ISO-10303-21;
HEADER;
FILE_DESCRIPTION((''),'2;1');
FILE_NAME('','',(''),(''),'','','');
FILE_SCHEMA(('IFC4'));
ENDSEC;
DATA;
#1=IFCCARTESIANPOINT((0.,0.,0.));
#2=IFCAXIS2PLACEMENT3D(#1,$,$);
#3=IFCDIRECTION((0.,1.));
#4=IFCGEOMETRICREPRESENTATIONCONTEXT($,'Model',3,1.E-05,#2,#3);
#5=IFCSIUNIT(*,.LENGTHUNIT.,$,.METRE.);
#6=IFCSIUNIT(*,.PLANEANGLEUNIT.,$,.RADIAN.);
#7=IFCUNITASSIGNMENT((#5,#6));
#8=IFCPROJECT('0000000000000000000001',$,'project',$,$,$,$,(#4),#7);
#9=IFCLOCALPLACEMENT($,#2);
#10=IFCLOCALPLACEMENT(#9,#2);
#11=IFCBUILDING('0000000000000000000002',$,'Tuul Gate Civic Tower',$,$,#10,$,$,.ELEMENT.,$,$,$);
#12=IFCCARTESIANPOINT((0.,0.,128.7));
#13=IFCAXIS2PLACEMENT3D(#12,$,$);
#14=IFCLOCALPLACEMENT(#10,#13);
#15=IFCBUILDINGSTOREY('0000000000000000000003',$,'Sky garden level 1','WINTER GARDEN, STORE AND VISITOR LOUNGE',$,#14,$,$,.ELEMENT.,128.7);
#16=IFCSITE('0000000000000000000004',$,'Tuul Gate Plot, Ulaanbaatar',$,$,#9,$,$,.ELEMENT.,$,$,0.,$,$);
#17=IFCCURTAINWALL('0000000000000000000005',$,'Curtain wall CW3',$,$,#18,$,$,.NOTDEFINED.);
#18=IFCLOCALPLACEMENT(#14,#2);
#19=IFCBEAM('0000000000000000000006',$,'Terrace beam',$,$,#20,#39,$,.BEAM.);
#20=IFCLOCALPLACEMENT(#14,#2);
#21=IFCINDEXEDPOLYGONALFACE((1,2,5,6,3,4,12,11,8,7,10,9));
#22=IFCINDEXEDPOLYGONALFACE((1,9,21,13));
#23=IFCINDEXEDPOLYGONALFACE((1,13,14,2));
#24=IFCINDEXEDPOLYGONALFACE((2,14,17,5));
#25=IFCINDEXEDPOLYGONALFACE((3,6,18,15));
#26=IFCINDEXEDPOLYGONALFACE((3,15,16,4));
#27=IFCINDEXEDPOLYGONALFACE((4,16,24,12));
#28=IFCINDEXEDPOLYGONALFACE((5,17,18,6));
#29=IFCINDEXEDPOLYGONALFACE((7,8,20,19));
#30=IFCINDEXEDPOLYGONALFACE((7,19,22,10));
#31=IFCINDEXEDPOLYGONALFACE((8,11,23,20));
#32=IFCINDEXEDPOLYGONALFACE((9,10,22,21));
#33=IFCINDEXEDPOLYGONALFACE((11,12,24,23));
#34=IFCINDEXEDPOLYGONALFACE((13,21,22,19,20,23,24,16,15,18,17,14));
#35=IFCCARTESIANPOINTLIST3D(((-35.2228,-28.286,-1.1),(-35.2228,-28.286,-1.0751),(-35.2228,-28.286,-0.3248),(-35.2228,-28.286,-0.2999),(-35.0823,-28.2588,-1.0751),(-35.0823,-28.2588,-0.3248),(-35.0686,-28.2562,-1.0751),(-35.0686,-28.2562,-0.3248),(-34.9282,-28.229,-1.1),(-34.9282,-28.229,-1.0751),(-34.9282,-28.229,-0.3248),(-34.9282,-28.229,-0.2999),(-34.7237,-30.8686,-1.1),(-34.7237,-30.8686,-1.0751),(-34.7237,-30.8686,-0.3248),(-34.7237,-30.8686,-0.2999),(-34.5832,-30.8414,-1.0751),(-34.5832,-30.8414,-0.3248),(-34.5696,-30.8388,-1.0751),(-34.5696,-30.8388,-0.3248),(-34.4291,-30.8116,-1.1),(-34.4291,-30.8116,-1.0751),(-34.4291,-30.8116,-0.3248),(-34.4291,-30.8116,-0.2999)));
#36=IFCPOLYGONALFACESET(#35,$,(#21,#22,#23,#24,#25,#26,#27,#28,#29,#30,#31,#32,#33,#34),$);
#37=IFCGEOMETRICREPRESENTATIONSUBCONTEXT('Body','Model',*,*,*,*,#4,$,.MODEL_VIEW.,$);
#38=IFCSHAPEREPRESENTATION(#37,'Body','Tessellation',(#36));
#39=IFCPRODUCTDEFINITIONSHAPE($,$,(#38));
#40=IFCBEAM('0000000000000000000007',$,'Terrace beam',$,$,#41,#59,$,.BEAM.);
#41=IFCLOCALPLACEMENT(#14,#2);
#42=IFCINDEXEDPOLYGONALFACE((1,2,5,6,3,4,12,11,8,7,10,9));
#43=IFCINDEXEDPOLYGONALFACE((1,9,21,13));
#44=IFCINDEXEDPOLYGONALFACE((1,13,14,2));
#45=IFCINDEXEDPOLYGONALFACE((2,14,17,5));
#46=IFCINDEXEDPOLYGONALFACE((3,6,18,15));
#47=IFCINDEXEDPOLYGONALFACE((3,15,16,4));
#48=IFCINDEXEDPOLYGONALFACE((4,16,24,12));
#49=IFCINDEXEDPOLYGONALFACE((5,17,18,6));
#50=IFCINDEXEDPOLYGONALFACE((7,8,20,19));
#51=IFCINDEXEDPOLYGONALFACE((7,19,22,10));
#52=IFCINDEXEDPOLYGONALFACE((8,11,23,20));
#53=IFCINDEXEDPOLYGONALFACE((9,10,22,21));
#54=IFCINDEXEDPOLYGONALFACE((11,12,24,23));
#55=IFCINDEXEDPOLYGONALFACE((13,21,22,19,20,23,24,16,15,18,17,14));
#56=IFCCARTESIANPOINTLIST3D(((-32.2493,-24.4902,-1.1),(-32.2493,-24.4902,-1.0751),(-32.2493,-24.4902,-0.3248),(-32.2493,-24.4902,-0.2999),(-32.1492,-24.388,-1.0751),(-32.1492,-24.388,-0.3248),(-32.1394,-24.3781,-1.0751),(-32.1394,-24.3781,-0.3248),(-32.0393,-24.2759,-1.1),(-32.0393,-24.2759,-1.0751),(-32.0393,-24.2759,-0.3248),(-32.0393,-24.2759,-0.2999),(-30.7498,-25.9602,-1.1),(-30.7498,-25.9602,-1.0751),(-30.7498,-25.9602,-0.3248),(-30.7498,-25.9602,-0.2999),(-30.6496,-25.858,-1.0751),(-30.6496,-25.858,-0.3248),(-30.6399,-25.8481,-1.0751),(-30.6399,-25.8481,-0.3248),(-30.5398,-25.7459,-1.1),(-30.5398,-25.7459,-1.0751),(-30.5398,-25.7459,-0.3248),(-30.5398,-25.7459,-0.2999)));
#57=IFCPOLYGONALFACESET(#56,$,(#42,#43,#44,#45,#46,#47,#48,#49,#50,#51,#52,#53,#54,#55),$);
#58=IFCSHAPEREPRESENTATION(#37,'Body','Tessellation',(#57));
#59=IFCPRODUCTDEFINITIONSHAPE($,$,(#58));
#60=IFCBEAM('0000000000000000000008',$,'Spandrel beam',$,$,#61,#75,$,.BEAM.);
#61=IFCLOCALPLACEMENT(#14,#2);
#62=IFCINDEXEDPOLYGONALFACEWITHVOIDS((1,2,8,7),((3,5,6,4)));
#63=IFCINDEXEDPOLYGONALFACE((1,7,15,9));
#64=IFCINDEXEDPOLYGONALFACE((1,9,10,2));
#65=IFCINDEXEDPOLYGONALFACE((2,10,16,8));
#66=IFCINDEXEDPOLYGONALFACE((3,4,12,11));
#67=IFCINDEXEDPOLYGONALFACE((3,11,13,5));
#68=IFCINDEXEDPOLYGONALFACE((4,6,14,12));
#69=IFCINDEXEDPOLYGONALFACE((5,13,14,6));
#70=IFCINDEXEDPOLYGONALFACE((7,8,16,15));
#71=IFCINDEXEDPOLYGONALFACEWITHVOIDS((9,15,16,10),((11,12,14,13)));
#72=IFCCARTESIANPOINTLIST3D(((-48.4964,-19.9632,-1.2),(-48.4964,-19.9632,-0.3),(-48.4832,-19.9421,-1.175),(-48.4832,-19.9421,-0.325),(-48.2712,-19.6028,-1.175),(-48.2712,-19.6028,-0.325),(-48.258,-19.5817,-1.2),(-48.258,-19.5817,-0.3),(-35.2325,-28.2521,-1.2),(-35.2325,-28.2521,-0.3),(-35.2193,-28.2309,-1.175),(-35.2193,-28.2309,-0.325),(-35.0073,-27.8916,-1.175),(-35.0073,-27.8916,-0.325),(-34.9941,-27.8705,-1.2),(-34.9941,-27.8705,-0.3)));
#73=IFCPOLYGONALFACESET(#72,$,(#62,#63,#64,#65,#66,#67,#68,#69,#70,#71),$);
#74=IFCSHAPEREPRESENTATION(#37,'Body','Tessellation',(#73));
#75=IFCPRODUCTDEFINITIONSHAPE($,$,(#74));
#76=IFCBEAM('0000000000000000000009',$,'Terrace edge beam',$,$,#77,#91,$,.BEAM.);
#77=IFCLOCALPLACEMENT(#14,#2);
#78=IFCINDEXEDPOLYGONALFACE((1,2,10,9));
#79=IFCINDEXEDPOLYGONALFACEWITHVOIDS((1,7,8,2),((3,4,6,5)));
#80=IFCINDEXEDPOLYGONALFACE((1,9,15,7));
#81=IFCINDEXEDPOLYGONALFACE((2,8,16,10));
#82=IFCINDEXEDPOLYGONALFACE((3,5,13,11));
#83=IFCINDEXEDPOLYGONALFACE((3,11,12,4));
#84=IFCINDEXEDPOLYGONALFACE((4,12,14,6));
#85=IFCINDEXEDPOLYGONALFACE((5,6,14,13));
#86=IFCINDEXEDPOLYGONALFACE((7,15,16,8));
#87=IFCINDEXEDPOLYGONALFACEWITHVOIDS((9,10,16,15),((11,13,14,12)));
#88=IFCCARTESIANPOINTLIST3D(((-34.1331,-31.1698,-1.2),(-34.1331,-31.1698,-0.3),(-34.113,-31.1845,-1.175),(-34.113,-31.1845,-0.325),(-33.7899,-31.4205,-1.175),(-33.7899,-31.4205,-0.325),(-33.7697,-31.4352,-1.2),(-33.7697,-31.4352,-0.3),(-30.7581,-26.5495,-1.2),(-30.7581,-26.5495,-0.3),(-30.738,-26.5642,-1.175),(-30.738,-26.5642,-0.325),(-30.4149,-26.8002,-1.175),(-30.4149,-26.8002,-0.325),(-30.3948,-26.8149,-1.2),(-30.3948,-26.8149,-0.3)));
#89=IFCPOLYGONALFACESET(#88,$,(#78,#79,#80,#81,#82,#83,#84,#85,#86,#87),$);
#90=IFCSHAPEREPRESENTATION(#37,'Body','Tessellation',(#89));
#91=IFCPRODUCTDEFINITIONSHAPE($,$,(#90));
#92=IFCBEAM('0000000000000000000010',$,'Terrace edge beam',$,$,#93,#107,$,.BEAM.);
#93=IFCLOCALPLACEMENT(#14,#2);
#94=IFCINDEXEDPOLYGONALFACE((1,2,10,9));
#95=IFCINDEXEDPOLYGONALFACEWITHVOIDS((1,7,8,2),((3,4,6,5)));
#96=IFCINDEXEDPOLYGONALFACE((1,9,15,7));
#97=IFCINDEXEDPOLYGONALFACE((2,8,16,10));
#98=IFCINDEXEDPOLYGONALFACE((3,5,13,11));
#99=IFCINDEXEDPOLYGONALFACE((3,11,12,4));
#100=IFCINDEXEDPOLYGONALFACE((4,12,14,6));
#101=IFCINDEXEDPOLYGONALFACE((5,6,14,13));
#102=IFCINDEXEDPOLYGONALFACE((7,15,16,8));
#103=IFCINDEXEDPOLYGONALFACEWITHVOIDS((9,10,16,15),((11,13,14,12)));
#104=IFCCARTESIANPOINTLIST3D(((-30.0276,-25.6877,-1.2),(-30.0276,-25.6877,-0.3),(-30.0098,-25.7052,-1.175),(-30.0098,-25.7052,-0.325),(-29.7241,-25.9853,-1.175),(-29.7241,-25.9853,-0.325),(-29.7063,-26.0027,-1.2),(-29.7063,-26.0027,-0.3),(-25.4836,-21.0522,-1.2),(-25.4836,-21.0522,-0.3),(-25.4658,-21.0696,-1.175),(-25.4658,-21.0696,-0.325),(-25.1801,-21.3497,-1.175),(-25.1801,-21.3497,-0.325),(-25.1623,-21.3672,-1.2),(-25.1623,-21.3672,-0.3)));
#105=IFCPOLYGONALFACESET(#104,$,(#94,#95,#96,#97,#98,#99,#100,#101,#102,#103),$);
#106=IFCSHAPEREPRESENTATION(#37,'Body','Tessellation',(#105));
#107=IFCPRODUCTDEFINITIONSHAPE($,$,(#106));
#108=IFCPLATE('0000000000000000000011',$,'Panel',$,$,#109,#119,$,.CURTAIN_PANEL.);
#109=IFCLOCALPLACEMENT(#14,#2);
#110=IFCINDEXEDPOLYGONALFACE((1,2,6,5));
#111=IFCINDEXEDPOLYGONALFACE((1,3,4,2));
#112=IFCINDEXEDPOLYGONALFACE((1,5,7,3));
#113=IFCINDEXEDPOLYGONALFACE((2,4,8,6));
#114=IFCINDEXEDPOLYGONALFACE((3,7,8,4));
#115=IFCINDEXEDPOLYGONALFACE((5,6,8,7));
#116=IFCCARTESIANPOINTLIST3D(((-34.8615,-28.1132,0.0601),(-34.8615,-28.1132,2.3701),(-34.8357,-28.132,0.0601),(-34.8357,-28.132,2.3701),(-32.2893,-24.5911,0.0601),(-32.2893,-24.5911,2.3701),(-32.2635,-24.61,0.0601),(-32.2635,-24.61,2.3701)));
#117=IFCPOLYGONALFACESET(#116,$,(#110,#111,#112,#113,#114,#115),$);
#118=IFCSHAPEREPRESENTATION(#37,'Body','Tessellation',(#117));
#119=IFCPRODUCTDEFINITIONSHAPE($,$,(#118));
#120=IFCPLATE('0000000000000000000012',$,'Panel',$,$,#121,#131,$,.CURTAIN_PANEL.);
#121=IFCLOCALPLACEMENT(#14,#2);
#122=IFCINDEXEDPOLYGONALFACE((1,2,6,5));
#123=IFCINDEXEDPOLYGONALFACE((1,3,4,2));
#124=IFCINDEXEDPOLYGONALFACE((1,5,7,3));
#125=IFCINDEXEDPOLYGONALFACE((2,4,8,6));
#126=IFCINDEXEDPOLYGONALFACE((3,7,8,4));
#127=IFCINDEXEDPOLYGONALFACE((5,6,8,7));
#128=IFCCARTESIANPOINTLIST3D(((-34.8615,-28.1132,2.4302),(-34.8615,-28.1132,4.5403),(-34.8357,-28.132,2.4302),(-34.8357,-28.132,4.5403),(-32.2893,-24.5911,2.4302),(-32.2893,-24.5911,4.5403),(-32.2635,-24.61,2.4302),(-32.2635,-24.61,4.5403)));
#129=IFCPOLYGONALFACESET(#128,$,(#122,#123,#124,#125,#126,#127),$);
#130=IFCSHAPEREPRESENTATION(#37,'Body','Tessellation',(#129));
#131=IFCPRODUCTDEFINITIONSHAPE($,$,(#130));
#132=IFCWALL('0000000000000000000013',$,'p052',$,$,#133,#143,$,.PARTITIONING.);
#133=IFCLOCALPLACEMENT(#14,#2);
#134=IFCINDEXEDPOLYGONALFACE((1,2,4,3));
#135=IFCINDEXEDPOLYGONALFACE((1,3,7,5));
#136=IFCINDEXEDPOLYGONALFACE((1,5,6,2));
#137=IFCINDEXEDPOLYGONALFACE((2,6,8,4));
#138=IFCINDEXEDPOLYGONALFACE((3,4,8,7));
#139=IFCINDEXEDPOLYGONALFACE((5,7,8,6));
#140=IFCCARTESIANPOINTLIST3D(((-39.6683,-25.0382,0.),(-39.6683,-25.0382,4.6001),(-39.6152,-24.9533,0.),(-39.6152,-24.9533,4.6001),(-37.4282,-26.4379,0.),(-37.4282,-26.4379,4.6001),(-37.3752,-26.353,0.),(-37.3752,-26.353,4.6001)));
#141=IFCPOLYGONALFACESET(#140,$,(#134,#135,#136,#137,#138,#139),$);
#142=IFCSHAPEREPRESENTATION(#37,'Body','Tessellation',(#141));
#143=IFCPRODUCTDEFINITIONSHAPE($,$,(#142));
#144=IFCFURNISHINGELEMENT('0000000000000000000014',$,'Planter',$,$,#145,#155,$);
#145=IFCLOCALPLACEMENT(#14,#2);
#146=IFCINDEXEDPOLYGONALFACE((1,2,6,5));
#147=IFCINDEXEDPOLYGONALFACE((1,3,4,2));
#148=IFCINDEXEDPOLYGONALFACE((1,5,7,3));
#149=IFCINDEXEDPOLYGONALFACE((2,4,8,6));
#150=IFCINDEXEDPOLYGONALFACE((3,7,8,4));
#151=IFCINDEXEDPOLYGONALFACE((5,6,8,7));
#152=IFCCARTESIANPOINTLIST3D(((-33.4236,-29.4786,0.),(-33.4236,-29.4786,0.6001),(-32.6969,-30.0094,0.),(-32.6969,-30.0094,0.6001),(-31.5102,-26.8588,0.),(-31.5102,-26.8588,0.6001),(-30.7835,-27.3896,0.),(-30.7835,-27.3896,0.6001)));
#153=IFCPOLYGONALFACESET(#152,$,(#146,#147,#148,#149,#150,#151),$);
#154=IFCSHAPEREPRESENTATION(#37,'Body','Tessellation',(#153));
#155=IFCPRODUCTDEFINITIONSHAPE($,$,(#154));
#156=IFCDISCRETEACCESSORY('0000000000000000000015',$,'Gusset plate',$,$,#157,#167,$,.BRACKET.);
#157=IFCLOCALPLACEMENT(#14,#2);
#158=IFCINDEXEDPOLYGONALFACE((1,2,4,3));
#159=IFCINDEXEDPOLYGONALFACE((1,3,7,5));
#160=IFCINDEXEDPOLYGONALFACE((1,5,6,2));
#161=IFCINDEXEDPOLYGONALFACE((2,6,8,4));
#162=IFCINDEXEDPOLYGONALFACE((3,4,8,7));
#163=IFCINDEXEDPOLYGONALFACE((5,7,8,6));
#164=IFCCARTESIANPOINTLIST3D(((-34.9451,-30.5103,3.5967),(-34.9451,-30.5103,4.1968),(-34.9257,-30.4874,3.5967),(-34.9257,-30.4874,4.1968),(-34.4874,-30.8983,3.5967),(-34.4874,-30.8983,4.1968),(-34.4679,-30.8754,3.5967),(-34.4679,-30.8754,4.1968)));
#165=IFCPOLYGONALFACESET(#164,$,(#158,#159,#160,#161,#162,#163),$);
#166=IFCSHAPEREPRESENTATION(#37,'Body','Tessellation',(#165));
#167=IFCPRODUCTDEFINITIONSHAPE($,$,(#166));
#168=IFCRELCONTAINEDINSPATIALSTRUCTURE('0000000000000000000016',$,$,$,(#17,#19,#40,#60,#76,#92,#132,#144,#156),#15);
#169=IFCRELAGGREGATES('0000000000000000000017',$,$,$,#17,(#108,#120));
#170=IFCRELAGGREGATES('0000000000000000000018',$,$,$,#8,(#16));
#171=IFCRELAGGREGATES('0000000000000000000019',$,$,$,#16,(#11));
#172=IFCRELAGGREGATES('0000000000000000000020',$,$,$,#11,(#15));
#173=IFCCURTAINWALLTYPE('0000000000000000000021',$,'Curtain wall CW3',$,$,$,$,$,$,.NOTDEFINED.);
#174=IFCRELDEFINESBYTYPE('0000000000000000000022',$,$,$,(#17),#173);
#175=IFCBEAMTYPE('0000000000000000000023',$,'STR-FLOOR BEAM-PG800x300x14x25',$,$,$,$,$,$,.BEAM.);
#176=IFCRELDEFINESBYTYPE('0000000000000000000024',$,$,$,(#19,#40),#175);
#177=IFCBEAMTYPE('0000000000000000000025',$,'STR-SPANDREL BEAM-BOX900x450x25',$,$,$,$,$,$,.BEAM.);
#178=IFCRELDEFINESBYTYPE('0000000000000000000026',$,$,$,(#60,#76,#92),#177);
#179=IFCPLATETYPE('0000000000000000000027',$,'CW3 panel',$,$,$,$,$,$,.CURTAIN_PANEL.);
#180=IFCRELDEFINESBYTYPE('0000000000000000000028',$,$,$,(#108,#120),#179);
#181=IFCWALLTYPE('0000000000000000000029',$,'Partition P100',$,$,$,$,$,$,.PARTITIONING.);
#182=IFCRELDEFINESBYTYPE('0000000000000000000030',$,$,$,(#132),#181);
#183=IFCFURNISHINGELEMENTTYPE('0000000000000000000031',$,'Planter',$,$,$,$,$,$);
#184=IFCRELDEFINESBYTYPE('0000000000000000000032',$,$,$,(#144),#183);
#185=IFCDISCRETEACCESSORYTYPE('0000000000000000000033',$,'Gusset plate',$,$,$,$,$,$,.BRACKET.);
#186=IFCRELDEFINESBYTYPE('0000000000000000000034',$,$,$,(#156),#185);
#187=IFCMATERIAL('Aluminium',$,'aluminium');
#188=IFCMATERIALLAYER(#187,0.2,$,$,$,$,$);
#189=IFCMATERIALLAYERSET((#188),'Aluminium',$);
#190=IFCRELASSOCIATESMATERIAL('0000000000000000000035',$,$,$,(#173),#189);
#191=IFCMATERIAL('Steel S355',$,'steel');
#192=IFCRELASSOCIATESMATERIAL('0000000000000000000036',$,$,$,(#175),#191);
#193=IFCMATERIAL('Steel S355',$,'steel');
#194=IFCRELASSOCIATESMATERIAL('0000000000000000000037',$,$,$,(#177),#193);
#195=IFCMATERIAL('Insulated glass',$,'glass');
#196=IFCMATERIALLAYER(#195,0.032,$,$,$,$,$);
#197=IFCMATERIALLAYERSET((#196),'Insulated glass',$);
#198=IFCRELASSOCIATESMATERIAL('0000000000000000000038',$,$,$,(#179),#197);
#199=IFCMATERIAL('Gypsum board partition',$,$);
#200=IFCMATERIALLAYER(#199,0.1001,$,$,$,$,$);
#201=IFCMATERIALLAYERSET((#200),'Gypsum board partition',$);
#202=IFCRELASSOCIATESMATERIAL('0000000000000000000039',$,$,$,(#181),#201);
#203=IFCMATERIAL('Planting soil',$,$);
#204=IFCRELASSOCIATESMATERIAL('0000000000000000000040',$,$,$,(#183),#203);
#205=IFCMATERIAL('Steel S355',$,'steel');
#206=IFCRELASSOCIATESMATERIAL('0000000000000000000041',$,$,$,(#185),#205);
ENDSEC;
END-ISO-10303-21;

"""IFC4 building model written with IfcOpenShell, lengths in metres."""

from ifc_helpers import new_model, si_unit, direction, frame, frame_2d, origin, origin_2d, place, context, subcontext, project, spatial, rectangle, hollow_rectangle, i_section, extrude, material, layer, layer_set, material_profile, profile_set, type_object, element, aggregate, save


model = new_model("IFC4")

# Units and contexts
model_context = context("Model", 3, precision=1e-05, world=origin(), true_north=direction((0.0, 1.0)))
body_context = subcontext(model_context, "Body", "Model", "MODEL_VIEW")
ifc_project = project(units=[si_unit("LENGTHUNIT", "METRE"), si_unit("PLANEANGLEUNIT", "RADIAN")], contexts=[model_context])

# Site, building, storey
site_placement = place(None, origin())
site = spatial("IfcSite", under=ifc_project, at=site_placement, Name="Tuul Gate Plot, Ulaanbaatar", CompositionType="ELEMENT", RefElevation=0.0)
building_placement = place(site_placement, origin())
building = spatial("IfcBuilding", under=site, at=building_placement, Name="Tuul Gate Civic Tower", CompositionType="ELEMENT")
storey_placement = place(building_placement, frame((0.0, 0.0, 128.7)))
storey = spatial("IfcBuildingStorey", under=building, at=storey_placement, Name="Sky garden level 1", Description="WINTER GARDEN, STORE AND VISITOR LOUNGE", CompositionType="ELEMENT", Elevation=128.7)

# Curtain wall
ifc_material_1 = material(Name="Aluminium", Category="aluminium")
ifc_layer_1 = layer(ifc_material_1, 0.2)
ifc_layer_set_1 = layer_set([ifc_layer_1], Name="Aluminium")
curtain_wall_type_1 = type_object("IfcCurtainWallType", Name="Curtain wall CW3", PredefinedType="NOTDEFINED", material=ifc_layer_set_1)
curtain_wall_1_placement = place(storey_placement, origin())
curtain_wall_1 = element("IfcCurtainWall", 1, at=curtain_wall_1_placement, inside=storey, type_object=curtain_wall_type_1, Name="Curtain wall CW3", PredefinedType="NOTDEFINED")

# Beams
ifc_material_2 = material(Name="Steel S355", Category="steel")
ifc_material_profile_1 = material_profile(ifc_material_2, i_section(OverallWidth=0.3, OverallDepth=0.8, WebThickness=0.0139, FlangeThickness=0.0249, at=origin_2d()), Name="PG800x300x14x25")
ifc_profile_set_1 = profile_set([ifc_material_profile_1], Name="Steel S355")
beam_type_1 = type_object("IfcBeamType", Name="STR-FLOOR BEAM-PG800x300x14x25", PredefinedType="BEAM", material=ifc_profile_set_1)
beam_1_placement = place(storey_placement, frame((-34.5764, -30.8401, -0.7), z_axis=(-0.189722, 0.981838, 0.0), x_axis=(-0.981838, -0.189722, 0.0)))
element("IfcBeam", 2, at=beam_1_placement, inside=storey, type_object=beam_type_1, Name="Terrace beam", PredefinedType="BEAM", context=body_context, shape_type="SweptSolid", body=[
    extrude(i_section(OverallWidth=0.3, OverallDepth=0.8, WebThickness=0.0139, FlangeThickness=0.0249, at=origin_2d()), origin(), (0.0, 0.0, 1.0), 2.6304),
])
beam_2_placement = place(storey_placement, frame((-30.6448, -25.853, -0.7), z_axis=(-0.714106, 0.700038, 0.0), x_axis=(-0.700038, -0.714106, 0.0)))
element("IfcBeam", 3, at=beam_2_placement, inside=storey, type_object=beam_type_1, Name="Terrace beam", PredefinedType="BEAM", context=body_context, shape_type="SweptSolid", body=[
    extrude(i_section(OverallWidth=0.3, OverallDepth=0.8, WebThickness=0.0139, FlangeThickness=0.0249, at=origin_2d()), origin(), (0.0, 0.0, 1.0), 2.0999),
])
ifc_material_3 = material(Name="Steel S355", Category="steel")
ifc_material_profile_2 = material_profile(ifc_material_3, hollow_rectangle(XDim=0.45, YDim=0.8999, WallThickness=0.0249, at=origin_2d()), Name="BOX900x450x25")
ifc_profile_set_2 = profile_set([ifc_material_profile_2], Name="Steel S355")
beam_type_2 = type_object("IfcBeamType", Name="STR-SPANDREL BEAM-BOX900x450x25", PredefinedType="BEAM", material=ifc_profile_set_2)
beam_3_placement = place(storey_placement, frame((-35.1133, -28.0613, -0.75), z_axis=(-0.848031, 0.529947, 0.0), x_axis=(-0.529947, -0.848031, 0.0)))
element("IfcBeam", 4, at=beam_3_placement, inside=storey, type_object=beam_type_2, Name="Spandrel beam", PredefinedType="BEAM", context=body_context, shape_type="SweptSolid", body=[
    extrude(hollow_rectangle(XDim=0.45, YDim=0.8999, WallThickness=0.0249, at=origin_2d()), origin(), (0.0, 0.0, 1.0), 15.6409),
])
beam_4_placement = place(storey_placement, frame((-33.9514, -31.3025, -0.75), z_axis=(0.589855, 0.807509, 0.0), x_axis=(-0.807509, 0.589855, 0.0)))
element("IfcBeam", 5, at=beam_4_placement, inside=storey, type_object=beam_type_2, Name="Terrace edge beam", PredefinedType="BEAM", context=body_context, shape_type="SweptSolid", body=[
    extrude(hollow_rectangle(XDim=0.45, YDim=0.8999, WallThickness=0.0249, at=origin_2d()), origin(), (0.0, 0.0, 1.0), 5.7217),
])
beam_5_placement = place(storey_placement, frame((-29.8669, -25.8452, -0.75), z_axis=(0.70002, 0.714124, 0.0), x_axis=(-0.714124, 0.70002, 0.0)))
element("IfcBeam", 6, at=beam_5_placement, inside=storey, type_object=beam_type_2, Name="Terrace edge beam", PredefinedType="BEAM", context=body_context, shape_type="SweptSolid", body=[
    extrude(hollow_rectangle(XDim=0.45, YDim=0.8999, WallThickness=0.0249, at=origin_2d()), origin(), (0.0, 0.0, 1.0), 6.4912),
])

# Plates
ifc_material_4 = material(Name="Insulated glass", Category="glass")
ifc_layer_2 = layer(ifc_material_4, 0.032)
ifc_layer_set_2 = layer_set([ifc_layer_2], Name="Insulated glass")
plate_type = type_object("IfcPlateType", Name="CW3 panel", PredefinedType="CURTAIN_PANEL", material=ifc_layer_set_2)
plate_1_placement = place(storey_placement, frame((-33.5625, -26.3616, 0.0601), z_axis=(0.0, 0.0, 1.0), x_axis=(0.589776, 0.807567, 0.0)))
plate_1 = element("IfcPlate", 7, at=plate_1_placement, type_object=plate_type, Name="Panel", PredefinedType="CURTAIN_PANEL", context=body_context, shape_type="SweptSolid", body=[
    extrude(rectangle(XDim=4.3613, YDim=0.032, at=origin_2d()), origin(), (0.0, 0.0, 1.0), 2.3101),
])
plate_2_placement = place(storey_placement, frame((-33.5625, -26.3616, 2.4302), z_axis=(0.0, 0.0, 1.0), x_axis=(0.589776, 0.807567, 0.0)))
plate_2 = element("IfcPlate", 8, at=plate_2_placement, type_object=plate_type, Name="Panel", PredefinedType="CURTAIN_PANEL", context=body_context, shape_type="SweptSolid", body=[
    extrude(rectangle(XDim=4.3613, YDim=0.032, at=origin_2d()), origin(), (0.0, 0.0, 1.0), 2.1101),
])
aggregate(curtain_wall_1, [plate_1, plate_2])

# Wall
ifc_material_5 = material(Name="Gypsum board partition")
ifc_layer_3 = layer(ifc_material_5, 0.1001)
ifc_layer_set_3 = layer_set([ifc_layer_3], Name="Gypsum board partition")
wall_type = type_object("IfcWallType", Name="Partition P100", PredefinedType="PARTITIONING", material=ifc_layer_set_3)
wall_placement = place(storey_placement, frame((-37.4016, -26.3955, 0.0), z_axis=(0.0, 0.0, 1.0), x_axis=(-0.848055, 0.529908, 0.0)))
element("IfcWall", 9, at=wall_placement, inside=storey, type_object=wall_type, Name="p052", PredefinedType="PARTITIONING", context=body_context, shape_type="SweptSolid", body=[
    extrude(rectangle(XDim=2.6414, YDim=0.1001, at=frame_2d((1.3208, 0.0))), origin(), (0.0, 0.0, 1.0), 4.6001),
])

# Furnishing element
ifc_material_6 = material(Name="Planting soil")
furnishing_element_type = type_object("IfcFurnishingElementType", Name="Planter", material=ifc_material_6)
furnishing_placement = place(storey_placement, frame((-32.1035, -28.4341, 0.0), z_axis=(0.0, 0.0, 1.0), x_axis=(0.589803, 0.807547, 0.0)))
element("IfcFurnishingElement", 10, at=furnishing_placement, inside=storey, type_object=furnishing_element_type, Name="Planter", context=body_context, shape_type="SweptSolid", body=[
    extrude(rectangle(XDim=3.2441, YDim=0.8999, at=origin_2d()), origin(), (0.0, 0.0, 1.0), 0.6001),
])

# Discrete accessory
ifc_material_7 = material(Name="Steel S355", Category="steel")
discrete_accessory_type = type_object("IfcDiscreteAccessoryType", Name="Gusset plate", PredefinedType="BRACKET", material=ifc_material_7)
discrete_accessory_placement = place(storey_placement, frame((-34.7065, -30.6929, 3.5967), z_axis=(0.0, 0.0, 1.0), x_axis=(-0.762825, 0.646605, 0.0)))
element("IfcDiscreteAccessory", 11, at=discrete_accessory_placement, inside=storey, type_object=discrete_accessory_type, Name="Gusset plate", PredefinedType="BRACKET", context=body_context, shape_type="SweptSolid", body=[
    extrude(rectangle(XDim=0.6001, YDim=0.03, at=origin_2d()), origin(), (0.0, 0.0, 1.0), 0.6001),
])

save(model, "model.ifc")
